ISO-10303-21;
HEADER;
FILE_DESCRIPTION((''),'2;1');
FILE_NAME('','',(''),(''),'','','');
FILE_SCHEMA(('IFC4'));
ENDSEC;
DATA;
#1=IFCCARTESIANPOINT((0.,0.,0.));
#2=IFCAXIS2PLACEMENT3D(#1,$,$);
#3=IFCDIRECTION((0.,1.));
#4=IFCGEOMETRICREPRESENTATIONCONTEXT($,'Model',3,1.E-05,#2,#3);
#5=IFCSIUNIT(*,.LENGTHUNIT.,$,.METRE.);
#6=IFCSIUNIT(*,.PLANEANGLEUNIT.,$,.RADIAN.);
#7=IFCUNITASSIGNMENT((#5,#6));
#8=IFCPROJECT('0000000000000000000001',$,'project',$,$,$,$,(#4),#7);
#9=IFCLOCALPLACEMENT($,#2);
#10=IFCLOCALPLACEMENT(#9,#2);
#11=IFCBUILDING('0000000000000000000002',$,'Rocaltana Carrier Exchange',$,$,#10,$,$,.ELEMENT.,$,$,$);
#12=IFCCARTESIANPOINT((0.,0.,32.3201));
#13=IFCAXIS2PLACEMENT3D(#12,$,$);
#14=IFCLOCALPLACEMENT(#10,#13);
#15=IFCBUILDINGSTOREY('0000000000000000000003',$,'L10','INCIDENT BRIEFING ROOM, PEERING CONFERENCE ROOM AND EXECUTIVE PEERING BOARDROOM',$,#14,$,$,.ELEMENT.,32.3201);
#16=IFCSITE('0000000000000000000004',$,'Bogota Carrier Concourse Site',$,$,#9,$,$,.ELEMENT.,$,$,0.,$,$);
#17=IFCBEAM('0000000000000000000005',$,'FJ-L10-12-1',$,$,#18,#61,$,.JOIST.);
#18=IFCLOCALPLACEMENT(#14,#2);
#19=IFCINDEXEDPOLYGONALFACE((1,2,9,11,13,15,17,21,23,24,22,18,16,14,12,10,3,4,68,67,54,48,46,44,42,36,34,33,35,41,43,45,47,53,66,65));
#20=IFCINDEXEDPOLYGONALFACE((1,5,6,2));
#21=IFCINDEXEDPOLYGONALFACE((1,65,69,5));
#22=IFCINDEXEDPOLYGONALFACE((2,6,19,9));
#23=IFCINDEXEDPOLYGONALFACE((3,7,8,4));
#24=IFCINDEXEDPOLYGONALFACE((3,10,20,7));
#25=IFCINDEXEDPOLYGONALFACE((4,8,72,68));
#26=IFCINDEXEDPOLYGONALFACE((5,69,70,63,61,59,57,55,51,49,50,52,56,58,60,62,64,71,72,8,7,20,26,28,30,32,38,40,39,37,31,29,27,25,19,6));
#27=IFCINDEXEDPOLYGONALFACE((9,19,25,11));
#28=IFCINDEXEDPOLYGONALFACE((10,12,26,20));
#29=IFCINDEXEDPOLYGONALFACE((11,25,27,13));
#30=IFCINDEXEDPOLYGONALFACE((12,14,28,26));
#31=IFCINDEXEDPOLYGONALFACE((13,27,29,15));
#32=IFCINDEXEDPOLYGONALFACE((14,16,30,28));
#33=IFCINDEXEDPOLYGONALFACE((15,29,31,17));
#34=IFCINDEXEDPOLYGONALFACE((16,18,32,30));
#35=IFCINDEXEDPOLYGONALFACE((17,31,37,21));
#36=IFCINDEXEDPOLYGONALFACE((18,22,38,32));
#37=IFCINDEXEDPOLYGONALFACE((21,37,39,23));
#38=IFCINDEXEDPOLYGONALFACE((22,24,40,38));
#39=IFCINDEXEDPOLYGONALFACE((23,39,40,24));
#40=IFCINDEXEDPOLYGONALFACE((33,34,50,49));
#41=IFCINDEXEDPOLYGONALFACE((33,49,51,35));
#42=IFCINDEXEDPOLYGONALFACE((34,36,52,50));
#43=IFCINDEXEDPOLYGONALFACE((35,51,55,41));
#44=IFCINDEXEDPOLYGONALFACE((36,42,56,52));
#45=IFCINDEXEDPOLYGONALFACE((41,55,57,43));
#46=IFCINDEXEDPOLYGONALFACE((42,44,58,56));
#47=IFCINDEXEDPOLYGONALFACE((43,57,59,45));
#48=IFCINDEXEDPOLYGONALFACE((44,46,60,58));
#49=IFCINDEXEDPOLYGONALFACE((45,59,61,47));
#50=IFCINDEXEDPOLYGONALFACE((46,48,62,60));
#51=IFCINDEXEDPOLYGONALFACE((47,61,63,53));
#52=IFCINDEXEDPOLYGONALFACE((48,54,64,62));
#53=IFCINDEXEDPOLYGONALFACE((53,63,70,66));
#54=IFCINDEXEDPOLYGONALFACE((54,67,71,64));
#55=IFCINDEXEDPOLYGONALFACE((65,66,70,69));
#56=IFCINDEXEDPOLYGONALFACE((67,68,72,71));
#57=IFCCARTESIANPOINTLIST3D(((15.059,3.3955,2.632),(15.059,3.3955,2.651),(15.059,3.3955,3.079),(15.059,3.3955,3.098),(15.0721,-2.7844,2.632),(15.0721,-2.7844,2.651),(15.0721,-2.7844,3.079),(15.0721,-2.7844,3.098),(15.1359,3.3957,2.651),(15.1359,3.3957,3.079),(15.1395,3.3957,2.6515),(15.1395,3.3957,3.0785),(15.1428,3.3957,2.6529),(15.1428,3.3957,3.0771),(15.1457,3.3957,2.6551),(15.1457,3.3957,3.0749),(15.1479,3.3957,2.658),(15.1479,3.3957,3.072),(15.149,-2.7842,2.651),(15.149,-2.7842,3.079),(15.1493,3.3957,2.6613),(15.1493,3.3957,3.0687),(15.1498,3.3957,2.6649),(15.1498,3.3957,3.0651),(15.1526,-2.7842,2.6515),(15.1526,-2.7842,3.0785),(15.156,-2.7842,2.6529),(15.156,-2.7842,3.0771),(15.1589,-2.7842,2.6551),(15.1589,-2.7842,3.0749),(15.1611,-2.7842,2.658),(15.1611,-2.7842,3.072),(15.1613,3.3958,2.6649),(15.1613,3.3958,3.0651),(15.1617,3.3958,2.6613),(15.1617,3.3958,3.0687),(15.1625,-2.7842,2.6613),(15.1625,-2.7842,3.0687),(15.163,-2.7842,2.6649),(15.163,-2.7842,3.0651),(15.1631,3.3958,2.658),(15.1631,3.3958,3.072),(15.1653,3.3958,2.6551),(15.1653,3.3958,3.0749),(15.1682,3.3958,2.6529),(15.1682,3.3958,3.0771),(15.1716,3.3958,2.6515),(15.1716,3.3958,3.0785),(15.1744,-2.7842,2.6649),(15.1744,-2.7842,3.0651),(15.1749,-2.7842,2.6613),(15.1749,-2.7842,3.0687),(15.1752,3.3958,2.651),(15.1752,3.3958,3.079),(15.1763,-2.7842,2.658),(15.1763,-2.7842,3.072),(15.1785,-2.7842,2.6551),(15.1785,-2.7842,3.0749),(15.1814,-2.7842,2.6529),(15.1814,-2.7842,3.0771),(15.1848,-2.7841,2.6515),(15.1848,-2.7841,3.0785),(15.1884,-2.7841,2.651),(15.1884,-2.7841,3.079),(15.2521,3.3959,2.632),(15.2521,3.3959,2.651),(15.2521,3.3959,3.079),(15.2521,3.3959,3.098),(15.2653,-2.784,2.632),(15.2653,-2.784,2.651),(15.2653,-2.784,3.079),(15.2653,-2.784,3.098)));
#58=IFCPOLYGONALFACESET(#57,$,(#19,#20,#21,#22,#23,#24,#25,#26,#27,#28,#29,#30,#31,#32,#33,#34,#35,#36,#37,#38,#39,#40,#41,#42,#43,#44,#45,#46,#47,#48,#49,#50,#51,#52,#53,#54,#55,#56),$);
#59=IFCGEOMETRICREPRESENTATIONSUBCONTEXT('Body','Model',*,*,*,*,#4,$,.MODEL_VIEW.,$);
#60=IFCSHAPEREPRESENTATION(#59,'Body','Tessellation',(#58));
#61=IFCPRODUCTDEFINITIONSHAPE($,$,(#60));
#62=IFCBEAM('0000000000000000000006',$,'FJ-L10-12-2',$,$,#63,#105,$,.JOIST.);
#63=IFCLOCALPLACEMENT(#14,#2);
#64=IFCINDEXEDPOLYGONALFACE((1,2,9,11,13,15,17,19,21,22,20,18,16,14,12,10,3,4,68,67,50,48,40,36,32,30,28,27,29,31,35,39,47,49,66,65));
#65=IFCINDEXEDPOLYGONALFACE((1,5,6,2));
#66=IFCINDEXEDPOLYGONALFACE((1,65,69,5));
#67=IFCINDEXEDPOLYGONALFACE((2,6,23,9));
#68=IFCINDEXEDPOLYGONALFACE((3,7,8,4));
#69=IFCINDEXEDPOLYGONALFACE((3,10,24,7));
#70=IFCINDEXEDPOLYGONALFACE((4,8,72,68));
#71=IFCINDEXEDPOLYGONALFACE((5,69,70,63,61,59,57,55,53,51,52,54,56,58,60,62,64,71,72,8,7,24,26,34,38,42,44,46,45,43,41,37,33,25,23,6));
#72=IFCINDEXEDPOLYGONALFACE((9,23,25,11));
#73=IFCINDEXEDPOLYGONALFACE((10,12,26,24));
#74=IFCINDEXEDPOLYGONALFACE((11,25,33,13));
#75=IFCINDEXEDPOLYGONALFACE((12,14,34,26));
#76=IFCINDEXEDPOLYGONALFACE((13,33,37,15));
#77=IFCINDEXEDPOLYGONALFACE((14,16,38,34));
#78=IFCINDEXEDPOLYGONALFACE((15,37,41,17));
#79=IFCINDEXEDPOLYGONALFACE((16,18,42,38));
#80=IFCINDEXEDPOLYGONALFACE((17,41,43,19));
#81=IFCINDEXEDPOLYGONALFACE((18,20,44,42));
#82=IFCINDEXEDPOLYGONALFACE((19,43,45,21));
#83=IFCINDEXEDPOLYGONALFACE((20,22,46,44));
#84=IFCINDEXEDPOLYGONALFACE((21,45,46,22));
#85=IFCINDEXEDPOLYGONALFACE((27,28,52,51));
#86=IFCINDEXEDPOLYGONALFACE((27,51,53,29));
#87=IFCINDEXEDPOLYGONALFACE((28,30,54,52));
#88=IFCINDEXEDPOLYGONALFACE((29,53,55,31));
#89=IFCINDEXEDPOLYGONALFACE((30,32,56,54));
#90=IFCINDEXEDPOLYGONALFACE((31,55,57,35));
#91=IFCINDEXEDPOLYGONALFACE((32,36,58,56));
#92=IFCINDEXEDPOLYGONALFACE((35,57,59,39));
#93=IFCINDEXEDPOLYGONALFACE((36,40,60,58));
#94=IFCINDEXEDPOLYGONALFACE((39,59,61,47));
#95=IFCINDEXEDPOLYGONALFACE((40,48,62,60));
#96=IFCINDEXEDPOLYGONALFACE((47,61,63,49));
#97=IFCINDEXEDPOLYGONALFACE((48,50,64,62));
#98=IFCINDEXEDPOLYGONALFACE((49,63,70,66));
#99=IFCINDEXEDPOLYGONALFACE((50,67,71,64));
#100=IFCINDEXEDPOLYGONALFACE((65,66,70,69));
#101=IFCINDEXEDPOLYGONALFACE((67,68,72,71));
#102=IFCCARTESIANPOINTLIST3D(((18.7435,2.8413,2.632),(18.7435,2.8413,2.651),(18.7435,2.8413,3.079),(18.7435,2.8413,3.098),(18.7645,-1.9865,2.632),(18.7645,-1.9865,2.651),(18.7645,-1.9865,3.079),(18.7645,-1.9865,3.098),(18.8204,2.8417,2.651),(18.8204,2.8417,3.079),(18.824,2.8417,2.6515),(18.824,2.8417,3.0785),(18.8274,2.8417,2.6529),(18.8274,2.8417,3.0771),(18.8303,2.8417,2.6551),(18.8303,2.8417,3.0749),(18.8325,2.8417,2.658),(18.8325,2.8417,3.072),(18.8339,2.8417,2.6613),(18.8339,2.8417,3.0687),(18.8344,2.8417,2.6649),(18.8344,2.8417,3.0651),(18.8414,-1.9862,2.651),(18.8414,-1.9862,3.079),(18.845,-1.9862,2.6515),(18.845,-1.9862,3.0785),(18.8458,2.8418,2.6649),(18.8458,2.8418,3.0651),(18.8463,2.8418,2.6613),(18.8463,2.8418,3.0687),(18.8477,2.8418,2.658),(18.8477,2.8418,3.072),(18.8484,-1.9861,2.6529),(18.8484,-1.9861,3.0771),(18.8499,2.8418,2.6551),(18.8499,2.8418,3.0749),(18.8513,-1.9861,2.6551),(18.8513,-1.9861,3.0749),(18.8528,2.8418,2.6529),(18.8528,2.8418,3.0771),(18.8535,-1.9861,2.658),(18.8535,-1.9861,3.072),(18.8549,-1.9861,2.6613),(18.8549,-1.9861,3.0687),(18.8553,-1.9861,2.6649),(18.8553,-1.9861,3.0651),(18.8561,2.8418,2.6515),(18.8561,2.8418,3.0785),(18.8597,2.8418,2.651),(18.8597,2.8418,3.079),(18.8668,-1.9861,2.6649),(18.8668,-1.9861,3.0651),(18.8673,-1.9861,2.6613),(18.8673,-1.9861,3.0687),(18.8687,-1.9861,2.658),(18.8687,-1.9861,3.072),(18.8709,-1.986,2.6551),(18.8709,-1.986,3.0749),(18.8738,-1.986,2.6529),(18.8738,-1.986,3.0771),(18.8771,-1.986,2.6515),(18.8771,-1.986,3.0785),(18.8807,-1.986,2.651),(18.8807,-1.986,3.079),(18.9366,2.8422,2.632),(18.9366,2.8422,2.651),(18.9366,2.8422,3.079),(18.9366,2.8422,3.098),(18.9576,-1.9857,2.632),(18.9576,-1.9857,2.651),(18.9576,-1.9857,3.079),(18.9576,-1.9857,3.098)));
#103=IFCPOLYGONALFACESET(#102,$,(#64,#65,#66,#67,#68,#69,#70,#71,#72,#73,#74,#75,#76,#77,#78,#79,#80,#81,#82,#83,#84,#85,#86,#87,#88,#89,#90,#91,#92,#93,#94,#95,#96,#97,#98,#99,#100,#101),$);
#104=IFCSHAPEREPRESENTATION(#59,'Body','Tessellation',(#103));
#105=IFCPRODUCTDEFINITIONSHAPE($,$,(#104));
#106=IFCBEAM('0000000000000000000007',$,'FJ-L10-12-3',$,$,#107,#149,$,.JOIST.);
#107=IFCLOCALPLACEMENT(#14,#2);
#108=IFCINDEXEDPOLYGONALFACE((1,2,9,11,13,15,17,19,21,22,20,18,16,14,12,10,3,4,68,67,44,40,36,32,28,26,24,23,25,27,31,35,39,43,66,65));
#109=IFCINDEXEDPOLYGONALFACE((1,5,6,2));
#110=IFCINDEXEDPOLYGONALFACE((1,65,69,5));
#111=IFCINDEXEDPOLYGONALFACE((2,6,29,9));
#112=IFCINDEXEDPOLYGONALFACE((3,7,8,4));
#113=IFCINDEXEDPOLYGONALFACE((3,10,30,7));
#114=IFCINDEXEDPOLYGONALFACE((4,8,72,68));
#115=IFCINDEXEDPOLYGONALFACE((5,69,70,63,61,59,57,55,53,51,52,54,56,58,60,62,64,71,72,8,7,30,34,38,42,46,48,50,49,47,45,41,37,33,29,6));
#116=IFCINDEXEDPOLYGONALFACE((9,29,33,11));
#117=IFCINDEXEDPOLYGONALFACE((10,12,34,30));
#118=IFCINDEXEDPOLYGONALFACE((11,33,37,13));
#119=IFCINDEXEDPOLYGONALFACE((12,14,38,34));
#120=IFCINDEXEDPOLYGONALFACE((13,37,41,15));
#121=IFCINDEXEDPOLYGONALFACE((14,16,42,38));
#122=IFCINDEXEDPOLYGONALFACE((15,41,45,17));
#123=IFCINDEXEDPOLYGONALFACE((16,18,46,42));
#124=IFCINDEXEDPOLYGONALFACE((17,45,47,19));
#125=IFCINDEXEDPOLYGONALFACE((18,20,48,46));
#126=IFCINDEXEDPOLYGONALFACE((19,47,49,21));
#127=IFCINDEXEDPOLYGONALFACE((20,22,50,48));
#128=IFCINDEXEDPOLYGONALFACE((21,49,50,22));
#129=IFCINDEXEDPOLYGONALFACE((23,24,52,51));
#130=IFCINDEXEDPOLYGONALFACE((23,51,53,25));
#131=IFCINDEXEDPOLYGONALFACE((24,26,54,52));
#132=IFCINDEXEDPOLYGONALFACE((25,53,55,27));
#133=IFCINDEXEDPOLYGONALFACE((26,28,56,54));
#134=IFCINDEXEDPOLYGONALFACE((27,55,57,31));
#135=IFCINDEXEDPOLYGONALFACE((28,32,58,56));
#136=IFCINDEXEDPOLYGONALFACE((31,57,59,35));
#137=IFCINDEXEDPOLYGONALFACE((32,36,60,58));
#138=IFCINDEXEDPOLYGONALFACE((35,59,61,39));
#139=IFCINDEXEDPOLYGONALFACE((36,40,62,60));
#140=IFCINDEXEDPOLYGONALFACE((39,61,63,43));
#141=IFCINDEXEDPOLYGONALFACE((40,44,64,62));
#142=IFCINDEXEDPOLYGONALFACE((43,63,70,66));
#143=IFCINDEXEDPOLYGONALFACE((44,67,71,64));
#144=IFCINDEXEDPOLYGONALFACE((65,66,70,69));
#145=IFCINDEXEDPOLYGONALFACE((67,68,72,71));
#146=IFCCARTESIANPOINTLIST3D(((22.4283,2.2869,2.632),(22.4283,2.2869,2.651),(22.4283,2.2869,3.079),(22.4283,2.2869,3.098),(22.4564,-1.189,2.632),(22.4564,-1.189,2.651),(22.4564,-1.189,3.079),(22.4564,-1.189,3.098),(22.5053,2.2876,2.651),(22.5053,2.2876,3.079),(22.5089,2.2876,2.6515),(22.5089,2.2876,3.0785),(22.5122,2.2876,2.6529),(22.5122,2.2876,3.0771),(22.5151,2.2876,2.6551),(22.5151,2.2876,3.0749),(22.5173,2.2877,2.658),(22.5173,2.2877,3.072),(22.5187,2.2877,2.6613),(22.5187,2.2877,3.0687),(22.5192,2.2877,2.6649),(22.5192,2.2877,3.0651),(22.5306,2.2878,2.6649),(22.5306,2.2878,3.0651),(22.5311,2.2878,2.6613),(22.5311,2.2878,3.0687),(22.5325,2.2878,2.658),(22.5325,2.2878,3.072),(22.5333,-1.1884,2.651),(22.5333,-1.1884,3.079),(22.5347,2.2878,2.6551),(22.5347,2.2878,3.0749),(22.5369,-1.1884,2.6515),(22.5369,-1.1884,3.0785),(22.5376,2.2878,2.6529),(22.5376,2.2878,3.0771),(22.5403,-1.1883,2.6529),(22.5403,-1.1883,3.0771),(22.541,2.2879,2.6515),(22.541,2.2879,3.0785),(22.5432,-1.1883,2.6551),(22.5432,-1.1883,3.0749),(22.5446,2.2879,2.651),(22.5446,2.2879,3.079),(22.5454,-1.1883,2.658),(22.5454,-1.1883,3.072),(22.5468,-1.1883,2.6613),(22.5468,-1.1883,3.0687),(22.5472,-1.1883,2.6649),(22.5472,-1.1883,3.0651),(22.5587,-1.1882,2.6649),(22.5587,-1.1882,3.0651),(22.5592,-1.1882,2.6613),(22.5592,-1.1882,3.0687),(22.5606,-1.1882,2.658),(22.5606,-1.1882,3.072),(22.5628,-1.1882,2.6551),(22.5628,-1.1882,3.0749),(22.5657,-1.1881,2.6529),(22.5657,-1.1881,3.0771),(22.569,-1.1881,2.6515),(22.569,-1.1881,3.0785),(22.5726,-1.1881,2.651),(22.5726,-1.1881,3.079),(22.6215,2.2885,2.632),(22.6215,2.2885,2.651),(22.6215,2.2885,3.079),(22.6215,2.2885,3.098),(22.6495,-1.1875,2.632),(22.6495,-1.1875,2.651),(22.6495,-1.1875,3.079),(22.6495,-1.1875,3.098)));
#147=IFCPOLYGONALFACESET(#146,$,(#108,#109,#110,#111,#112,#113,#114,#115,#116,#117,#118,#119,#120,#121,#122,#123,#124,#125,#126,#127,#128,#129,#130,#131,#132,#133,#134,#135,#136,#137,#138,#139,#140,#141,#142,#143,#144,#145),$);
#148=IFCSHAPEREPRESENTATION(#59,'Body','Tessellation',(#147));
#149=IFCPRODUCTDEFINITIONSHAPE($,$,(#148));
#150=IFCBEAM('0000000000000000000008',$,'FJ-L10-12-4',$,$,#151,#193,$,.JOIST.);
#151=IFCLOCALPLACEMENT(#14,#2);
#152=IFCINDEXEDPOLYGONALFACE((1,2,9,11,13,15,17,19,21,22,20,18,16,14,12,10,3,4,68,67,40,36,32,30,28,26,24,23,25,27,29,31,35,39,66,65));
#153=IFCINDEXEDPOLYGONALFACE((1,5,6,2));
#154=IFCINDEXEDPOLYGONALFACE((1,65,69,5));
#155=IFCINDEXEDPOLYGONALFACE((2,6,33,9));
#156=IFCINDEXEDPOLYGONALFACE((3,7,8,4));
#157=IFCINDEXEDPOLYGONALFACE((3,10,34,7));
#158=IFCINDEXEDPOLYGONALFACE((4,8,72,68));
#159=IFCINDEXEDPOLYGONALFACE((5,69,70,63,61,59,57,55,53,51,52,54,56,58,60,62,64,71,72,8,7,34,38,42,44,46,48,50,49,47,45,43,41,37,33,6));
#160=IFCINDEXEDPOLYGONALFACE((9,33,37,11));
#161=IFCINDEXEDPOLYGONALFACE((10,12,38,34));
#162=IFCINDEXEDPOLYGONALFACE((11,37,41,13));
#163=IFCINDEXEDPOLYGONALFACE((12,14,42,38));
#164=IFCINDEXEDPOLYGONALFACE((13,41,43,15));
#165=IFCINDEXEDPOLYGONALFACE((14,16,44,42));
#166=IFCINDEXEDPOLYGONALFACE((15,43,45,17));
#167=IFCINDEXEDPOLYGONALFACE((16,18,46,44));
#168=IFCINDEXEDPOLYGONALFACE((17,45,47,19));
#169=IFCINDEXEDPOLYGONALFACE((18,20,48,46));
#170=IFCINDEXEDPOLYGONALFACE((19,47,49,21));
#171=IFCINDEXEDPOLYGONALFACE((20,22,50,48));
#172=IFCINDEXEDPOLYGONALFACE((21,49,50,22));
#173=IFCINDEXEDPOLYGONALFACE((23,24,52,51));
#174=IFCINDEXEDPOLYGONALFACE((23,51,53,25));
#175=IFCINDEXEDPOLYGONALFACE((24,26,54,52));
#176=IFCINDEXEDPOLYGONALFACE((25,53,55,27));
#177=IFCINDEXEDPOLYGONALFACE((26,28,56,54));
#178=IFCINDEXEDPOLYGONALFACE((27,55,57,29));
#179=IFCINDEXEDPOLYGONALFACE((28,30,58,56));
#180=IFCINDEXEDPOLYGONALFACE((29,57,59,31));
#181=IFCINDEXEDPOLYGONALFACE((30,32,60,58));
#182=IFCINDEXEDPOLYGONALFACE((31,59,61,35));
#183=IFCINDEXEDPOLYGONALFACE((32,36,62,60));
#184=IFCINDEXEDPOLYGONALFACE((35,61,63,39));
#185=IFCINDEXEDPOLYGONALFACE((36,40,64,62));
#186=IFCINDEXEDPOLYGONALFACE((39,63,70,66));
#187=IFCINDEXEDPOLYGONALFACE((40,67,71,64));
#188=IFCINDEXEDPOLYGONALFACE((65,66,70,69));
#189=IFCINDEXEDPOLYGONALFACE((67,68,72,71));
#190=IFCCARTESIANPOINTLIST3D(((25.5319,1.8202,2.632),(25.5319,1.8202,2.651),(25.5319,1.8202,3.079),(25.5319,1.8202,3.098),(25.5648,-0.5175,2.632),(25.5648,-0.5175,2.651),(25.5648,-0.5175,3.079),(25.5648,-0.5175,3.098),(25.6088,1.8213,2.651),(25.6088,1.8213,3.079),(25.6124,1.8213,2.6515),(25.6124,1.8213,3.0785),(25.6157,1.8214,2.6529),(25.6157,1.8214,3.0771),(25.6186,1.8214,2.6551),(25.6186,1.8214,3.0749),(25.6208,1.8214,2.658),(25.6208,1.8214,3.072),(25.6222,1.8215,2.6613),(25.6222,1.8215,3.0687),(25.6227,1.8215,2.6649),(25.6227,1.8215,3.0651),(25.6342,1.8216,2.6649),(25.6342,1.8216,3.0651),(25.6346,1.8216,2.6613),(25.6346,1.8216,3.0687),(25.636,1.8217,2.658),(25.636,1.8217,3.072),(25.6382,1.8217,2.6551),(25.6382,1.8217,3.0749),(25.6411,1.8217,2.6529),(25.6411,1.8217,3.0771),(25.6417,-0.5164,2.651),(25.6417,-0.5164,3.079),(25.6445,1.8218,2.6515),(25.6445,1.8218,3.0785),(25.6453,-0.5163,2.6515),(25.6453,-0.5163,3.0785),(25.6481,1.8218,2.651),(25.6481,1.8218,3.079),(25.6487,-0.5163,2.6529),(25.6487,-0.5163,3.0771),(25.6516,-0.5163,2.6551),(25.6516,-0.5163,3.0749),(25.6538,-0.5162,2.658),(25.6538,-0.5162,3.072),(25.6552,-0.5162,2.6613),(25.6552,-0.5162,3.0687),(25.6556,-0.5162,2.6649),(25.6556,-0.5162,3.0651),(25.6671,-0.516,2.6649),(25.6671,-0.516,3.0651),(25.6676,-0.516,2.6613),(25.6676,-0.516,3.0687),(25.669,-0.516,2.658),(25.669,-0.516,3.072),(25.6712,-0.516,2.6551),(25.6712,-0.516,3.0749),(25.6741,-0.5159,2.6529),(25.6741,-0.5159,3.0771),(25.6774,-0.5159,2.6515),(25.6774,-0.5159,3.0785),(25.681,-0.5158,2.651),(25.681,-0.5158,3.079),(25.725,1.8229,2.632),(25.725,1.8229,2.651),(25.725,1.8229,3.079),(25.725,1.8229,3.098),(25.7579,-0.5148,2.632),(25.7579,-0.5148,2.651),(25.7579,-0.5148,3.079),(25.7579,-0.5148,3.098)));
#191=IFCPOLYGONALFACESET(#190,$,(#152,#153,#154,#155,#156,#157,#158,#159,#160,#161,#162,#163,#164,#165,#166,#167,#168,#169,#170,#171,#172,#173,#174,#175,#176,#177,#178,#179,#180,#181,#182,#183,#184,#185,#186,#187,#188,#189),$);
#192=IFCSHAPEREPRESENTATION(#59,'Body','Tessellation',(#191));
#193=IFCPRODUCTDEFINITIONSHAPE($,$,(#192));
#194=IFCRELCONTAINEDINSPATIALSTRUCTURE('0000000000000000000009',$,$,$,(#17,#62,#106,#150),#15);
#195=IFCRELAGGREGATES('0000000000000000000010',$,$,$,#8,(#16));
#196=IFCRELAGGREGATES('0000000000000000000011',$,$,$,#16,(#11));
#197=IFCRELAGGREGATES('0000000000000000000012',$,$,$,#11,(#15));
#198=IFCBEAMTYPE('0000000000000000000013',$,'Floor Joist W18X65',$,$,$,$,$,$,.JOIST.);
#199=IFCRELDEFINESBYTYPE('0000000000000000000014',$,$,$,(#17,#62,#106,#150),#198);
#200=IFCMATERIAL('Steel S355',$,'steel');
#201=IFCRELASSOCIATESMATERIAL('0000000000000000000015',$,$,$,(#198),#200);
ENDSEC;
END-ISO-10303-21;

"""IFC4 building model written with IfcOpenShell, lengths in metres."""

from ifc_helpers import new_model, si_unit, direction, frame, origin, origin_2d, place, context, subcontext, project, spatial, i_section, extrude, material, material_profile, profile_set, type_object, element, save


model = new_model("IFC4")

# Units and contexts
model_context = context("Model", 3, precision=1e-05, world=origin(), true_north=direction((0.0, 1.0)))
body_context = subcontext(model_context, "Body", "Model", "MODEL_VIEW")
ifc_project = project(units=[si_unit("LENGTHUNIT", "METRE"), si_unit("PLANEANGLEUNIT", "RADIAN")], contexts=[model_context])

# Site, building, storey
site_placement = place(None, origin())
site = spatial("IfcSite", under=ifc_project, at=site_placement, Name="Bogota Carrier Concourse Site", CompositionType="ELEMENT", RefElevation=0.0)
building_placement = place(site_placement, origin())
building = spatial("IfcBuilding", under=site, at=building_placement, Name="Rocaltana Carrier Exchange", CompositionType="ELEMENT")
storey_placement = place(building_placement, frame((0.0, 0.0, 32.3201)))
storey = spatial("IfcBuildingStorey", under=building, at=storey_placement, Name="L10", Description="INCIDENT BRIEFING ROOM, PEERING CONFERENCE ROOM AND EXECUTIVE PEERING BOARDROOM", CompositionType="ELEMENT", Elevation=32.3201)

# Beams
ifc_material_1 = material(Name="Steel S355", Category="steel")
ifc_material_profile_1 = material_profile(ifc_material_1, i_section(OverallWidth=0.1931, OverallDepth=0.4661, WebThickness=0.0115, FlangeThickness=0.019, FilletRadius=0.0139, at=origin_2d()), Name="W18X65")
ifc_profile_set_1 = profile_set([ifc_material_profile_1], Name="Steel S355")
beam_type_1 = type_object("IfcBeamType", Name="Floor Joist W18X65", PredefinedType="JOIST", material=ifc_profile_set_1)
beam_1_placement = place(storey_placement, frame((15.1687, -2.7842, 2.865), z_axis=(-0.002133, 0.999998, 0.0), x_axis=(-0.999998, -0.002133, 0.0)))
element("IfcBeam", 1, at=beam_1_placement, inside=storey, type_object=beam_type_1, Name="FJ-L10-12-1", PredefinedType="JOIST", context=body_context, shape_type="SweptSolid", body=[
    extrude(i_section(OverallWidth=0.1931, OverallDepth=0.4661, WebThickness=0.0115, FlangeThickness=0.019, FilletRadius=0.0139, at=origin_2d()), origin(), (0.0, 0.0, 1.0), 6.1799),
])
beam_2_placement = place(storey_placement, frame((18.8611, -1.9861, 2.865), z_axis=(-0.004349, 0.999991, 0.0), x_axis=(-0.999991, -0.004349, 0.0)))
element("IfcBeam", 2, at=beam_2_placement, inside=storey, type_object=beam_type_1, Name="FJ-L10-12-2", PredefinedType="JOIST", context=body_context, shape_type="SweptSolid", body=[
    extrude(i_section(OverallWidth=0.1931, OverallDepth=0.4661, WebThickness=0.0115, FlangeThickness=0.019, FilletRadius=0.0139, at=origin_2d()), origin(), (0.0, 0.0, 1.0), 4.8279),
])
beam_3_placement = place(storey_placement, frame((22.553, -1.1882, 2.865), z_axis=(-0.008077, 0.999967, 0.0), x_axis=(-0.999967, -0.008077, 0.0)))
element("IfcBeam", 3, at=beam_3_placement, inside=storey, type_object=beam_type_1, Name="FJ-L10-12-3", PredefinedType="JOIST", context=body_context, shape_type="SweptSolid", body=[
    extrude(i_section(OverallWidth=0.1931, OverallDepth=0.4661, WebThickness=0.0115, FlangeThickness=0.019, FilletRadius=0.0139, at=origin_2d()), origin(), (0.0, 0.0, 1.0), 3.4761),
])
beam_4_placement = place(storey_placement, frame((25.6614, -0.5161, 2.865), z_axis=(-0.014098, 0.999901, 0.0), x_axis=(-0.999901, -0.014098, 0.0)))
element("IfcBeam", 4, at=beam_4_placement, inside=storey, type_object=beam_type_1, Name="FJ-L10-12-4", PredefinedType="JOIST", context=body_context, shape_type="SweptSolid", body=[
    extrude(i_section(OverallWidth=0.1931, OverallDepth=0.4661, WebThickness=0.0115, FlangeThickness=0.019, FilletRadius=0.0139, at=origin_2d()), origin(), (0.0, 0.0, 1.0), 2.3379),
])

save(model, "model.ifc")
